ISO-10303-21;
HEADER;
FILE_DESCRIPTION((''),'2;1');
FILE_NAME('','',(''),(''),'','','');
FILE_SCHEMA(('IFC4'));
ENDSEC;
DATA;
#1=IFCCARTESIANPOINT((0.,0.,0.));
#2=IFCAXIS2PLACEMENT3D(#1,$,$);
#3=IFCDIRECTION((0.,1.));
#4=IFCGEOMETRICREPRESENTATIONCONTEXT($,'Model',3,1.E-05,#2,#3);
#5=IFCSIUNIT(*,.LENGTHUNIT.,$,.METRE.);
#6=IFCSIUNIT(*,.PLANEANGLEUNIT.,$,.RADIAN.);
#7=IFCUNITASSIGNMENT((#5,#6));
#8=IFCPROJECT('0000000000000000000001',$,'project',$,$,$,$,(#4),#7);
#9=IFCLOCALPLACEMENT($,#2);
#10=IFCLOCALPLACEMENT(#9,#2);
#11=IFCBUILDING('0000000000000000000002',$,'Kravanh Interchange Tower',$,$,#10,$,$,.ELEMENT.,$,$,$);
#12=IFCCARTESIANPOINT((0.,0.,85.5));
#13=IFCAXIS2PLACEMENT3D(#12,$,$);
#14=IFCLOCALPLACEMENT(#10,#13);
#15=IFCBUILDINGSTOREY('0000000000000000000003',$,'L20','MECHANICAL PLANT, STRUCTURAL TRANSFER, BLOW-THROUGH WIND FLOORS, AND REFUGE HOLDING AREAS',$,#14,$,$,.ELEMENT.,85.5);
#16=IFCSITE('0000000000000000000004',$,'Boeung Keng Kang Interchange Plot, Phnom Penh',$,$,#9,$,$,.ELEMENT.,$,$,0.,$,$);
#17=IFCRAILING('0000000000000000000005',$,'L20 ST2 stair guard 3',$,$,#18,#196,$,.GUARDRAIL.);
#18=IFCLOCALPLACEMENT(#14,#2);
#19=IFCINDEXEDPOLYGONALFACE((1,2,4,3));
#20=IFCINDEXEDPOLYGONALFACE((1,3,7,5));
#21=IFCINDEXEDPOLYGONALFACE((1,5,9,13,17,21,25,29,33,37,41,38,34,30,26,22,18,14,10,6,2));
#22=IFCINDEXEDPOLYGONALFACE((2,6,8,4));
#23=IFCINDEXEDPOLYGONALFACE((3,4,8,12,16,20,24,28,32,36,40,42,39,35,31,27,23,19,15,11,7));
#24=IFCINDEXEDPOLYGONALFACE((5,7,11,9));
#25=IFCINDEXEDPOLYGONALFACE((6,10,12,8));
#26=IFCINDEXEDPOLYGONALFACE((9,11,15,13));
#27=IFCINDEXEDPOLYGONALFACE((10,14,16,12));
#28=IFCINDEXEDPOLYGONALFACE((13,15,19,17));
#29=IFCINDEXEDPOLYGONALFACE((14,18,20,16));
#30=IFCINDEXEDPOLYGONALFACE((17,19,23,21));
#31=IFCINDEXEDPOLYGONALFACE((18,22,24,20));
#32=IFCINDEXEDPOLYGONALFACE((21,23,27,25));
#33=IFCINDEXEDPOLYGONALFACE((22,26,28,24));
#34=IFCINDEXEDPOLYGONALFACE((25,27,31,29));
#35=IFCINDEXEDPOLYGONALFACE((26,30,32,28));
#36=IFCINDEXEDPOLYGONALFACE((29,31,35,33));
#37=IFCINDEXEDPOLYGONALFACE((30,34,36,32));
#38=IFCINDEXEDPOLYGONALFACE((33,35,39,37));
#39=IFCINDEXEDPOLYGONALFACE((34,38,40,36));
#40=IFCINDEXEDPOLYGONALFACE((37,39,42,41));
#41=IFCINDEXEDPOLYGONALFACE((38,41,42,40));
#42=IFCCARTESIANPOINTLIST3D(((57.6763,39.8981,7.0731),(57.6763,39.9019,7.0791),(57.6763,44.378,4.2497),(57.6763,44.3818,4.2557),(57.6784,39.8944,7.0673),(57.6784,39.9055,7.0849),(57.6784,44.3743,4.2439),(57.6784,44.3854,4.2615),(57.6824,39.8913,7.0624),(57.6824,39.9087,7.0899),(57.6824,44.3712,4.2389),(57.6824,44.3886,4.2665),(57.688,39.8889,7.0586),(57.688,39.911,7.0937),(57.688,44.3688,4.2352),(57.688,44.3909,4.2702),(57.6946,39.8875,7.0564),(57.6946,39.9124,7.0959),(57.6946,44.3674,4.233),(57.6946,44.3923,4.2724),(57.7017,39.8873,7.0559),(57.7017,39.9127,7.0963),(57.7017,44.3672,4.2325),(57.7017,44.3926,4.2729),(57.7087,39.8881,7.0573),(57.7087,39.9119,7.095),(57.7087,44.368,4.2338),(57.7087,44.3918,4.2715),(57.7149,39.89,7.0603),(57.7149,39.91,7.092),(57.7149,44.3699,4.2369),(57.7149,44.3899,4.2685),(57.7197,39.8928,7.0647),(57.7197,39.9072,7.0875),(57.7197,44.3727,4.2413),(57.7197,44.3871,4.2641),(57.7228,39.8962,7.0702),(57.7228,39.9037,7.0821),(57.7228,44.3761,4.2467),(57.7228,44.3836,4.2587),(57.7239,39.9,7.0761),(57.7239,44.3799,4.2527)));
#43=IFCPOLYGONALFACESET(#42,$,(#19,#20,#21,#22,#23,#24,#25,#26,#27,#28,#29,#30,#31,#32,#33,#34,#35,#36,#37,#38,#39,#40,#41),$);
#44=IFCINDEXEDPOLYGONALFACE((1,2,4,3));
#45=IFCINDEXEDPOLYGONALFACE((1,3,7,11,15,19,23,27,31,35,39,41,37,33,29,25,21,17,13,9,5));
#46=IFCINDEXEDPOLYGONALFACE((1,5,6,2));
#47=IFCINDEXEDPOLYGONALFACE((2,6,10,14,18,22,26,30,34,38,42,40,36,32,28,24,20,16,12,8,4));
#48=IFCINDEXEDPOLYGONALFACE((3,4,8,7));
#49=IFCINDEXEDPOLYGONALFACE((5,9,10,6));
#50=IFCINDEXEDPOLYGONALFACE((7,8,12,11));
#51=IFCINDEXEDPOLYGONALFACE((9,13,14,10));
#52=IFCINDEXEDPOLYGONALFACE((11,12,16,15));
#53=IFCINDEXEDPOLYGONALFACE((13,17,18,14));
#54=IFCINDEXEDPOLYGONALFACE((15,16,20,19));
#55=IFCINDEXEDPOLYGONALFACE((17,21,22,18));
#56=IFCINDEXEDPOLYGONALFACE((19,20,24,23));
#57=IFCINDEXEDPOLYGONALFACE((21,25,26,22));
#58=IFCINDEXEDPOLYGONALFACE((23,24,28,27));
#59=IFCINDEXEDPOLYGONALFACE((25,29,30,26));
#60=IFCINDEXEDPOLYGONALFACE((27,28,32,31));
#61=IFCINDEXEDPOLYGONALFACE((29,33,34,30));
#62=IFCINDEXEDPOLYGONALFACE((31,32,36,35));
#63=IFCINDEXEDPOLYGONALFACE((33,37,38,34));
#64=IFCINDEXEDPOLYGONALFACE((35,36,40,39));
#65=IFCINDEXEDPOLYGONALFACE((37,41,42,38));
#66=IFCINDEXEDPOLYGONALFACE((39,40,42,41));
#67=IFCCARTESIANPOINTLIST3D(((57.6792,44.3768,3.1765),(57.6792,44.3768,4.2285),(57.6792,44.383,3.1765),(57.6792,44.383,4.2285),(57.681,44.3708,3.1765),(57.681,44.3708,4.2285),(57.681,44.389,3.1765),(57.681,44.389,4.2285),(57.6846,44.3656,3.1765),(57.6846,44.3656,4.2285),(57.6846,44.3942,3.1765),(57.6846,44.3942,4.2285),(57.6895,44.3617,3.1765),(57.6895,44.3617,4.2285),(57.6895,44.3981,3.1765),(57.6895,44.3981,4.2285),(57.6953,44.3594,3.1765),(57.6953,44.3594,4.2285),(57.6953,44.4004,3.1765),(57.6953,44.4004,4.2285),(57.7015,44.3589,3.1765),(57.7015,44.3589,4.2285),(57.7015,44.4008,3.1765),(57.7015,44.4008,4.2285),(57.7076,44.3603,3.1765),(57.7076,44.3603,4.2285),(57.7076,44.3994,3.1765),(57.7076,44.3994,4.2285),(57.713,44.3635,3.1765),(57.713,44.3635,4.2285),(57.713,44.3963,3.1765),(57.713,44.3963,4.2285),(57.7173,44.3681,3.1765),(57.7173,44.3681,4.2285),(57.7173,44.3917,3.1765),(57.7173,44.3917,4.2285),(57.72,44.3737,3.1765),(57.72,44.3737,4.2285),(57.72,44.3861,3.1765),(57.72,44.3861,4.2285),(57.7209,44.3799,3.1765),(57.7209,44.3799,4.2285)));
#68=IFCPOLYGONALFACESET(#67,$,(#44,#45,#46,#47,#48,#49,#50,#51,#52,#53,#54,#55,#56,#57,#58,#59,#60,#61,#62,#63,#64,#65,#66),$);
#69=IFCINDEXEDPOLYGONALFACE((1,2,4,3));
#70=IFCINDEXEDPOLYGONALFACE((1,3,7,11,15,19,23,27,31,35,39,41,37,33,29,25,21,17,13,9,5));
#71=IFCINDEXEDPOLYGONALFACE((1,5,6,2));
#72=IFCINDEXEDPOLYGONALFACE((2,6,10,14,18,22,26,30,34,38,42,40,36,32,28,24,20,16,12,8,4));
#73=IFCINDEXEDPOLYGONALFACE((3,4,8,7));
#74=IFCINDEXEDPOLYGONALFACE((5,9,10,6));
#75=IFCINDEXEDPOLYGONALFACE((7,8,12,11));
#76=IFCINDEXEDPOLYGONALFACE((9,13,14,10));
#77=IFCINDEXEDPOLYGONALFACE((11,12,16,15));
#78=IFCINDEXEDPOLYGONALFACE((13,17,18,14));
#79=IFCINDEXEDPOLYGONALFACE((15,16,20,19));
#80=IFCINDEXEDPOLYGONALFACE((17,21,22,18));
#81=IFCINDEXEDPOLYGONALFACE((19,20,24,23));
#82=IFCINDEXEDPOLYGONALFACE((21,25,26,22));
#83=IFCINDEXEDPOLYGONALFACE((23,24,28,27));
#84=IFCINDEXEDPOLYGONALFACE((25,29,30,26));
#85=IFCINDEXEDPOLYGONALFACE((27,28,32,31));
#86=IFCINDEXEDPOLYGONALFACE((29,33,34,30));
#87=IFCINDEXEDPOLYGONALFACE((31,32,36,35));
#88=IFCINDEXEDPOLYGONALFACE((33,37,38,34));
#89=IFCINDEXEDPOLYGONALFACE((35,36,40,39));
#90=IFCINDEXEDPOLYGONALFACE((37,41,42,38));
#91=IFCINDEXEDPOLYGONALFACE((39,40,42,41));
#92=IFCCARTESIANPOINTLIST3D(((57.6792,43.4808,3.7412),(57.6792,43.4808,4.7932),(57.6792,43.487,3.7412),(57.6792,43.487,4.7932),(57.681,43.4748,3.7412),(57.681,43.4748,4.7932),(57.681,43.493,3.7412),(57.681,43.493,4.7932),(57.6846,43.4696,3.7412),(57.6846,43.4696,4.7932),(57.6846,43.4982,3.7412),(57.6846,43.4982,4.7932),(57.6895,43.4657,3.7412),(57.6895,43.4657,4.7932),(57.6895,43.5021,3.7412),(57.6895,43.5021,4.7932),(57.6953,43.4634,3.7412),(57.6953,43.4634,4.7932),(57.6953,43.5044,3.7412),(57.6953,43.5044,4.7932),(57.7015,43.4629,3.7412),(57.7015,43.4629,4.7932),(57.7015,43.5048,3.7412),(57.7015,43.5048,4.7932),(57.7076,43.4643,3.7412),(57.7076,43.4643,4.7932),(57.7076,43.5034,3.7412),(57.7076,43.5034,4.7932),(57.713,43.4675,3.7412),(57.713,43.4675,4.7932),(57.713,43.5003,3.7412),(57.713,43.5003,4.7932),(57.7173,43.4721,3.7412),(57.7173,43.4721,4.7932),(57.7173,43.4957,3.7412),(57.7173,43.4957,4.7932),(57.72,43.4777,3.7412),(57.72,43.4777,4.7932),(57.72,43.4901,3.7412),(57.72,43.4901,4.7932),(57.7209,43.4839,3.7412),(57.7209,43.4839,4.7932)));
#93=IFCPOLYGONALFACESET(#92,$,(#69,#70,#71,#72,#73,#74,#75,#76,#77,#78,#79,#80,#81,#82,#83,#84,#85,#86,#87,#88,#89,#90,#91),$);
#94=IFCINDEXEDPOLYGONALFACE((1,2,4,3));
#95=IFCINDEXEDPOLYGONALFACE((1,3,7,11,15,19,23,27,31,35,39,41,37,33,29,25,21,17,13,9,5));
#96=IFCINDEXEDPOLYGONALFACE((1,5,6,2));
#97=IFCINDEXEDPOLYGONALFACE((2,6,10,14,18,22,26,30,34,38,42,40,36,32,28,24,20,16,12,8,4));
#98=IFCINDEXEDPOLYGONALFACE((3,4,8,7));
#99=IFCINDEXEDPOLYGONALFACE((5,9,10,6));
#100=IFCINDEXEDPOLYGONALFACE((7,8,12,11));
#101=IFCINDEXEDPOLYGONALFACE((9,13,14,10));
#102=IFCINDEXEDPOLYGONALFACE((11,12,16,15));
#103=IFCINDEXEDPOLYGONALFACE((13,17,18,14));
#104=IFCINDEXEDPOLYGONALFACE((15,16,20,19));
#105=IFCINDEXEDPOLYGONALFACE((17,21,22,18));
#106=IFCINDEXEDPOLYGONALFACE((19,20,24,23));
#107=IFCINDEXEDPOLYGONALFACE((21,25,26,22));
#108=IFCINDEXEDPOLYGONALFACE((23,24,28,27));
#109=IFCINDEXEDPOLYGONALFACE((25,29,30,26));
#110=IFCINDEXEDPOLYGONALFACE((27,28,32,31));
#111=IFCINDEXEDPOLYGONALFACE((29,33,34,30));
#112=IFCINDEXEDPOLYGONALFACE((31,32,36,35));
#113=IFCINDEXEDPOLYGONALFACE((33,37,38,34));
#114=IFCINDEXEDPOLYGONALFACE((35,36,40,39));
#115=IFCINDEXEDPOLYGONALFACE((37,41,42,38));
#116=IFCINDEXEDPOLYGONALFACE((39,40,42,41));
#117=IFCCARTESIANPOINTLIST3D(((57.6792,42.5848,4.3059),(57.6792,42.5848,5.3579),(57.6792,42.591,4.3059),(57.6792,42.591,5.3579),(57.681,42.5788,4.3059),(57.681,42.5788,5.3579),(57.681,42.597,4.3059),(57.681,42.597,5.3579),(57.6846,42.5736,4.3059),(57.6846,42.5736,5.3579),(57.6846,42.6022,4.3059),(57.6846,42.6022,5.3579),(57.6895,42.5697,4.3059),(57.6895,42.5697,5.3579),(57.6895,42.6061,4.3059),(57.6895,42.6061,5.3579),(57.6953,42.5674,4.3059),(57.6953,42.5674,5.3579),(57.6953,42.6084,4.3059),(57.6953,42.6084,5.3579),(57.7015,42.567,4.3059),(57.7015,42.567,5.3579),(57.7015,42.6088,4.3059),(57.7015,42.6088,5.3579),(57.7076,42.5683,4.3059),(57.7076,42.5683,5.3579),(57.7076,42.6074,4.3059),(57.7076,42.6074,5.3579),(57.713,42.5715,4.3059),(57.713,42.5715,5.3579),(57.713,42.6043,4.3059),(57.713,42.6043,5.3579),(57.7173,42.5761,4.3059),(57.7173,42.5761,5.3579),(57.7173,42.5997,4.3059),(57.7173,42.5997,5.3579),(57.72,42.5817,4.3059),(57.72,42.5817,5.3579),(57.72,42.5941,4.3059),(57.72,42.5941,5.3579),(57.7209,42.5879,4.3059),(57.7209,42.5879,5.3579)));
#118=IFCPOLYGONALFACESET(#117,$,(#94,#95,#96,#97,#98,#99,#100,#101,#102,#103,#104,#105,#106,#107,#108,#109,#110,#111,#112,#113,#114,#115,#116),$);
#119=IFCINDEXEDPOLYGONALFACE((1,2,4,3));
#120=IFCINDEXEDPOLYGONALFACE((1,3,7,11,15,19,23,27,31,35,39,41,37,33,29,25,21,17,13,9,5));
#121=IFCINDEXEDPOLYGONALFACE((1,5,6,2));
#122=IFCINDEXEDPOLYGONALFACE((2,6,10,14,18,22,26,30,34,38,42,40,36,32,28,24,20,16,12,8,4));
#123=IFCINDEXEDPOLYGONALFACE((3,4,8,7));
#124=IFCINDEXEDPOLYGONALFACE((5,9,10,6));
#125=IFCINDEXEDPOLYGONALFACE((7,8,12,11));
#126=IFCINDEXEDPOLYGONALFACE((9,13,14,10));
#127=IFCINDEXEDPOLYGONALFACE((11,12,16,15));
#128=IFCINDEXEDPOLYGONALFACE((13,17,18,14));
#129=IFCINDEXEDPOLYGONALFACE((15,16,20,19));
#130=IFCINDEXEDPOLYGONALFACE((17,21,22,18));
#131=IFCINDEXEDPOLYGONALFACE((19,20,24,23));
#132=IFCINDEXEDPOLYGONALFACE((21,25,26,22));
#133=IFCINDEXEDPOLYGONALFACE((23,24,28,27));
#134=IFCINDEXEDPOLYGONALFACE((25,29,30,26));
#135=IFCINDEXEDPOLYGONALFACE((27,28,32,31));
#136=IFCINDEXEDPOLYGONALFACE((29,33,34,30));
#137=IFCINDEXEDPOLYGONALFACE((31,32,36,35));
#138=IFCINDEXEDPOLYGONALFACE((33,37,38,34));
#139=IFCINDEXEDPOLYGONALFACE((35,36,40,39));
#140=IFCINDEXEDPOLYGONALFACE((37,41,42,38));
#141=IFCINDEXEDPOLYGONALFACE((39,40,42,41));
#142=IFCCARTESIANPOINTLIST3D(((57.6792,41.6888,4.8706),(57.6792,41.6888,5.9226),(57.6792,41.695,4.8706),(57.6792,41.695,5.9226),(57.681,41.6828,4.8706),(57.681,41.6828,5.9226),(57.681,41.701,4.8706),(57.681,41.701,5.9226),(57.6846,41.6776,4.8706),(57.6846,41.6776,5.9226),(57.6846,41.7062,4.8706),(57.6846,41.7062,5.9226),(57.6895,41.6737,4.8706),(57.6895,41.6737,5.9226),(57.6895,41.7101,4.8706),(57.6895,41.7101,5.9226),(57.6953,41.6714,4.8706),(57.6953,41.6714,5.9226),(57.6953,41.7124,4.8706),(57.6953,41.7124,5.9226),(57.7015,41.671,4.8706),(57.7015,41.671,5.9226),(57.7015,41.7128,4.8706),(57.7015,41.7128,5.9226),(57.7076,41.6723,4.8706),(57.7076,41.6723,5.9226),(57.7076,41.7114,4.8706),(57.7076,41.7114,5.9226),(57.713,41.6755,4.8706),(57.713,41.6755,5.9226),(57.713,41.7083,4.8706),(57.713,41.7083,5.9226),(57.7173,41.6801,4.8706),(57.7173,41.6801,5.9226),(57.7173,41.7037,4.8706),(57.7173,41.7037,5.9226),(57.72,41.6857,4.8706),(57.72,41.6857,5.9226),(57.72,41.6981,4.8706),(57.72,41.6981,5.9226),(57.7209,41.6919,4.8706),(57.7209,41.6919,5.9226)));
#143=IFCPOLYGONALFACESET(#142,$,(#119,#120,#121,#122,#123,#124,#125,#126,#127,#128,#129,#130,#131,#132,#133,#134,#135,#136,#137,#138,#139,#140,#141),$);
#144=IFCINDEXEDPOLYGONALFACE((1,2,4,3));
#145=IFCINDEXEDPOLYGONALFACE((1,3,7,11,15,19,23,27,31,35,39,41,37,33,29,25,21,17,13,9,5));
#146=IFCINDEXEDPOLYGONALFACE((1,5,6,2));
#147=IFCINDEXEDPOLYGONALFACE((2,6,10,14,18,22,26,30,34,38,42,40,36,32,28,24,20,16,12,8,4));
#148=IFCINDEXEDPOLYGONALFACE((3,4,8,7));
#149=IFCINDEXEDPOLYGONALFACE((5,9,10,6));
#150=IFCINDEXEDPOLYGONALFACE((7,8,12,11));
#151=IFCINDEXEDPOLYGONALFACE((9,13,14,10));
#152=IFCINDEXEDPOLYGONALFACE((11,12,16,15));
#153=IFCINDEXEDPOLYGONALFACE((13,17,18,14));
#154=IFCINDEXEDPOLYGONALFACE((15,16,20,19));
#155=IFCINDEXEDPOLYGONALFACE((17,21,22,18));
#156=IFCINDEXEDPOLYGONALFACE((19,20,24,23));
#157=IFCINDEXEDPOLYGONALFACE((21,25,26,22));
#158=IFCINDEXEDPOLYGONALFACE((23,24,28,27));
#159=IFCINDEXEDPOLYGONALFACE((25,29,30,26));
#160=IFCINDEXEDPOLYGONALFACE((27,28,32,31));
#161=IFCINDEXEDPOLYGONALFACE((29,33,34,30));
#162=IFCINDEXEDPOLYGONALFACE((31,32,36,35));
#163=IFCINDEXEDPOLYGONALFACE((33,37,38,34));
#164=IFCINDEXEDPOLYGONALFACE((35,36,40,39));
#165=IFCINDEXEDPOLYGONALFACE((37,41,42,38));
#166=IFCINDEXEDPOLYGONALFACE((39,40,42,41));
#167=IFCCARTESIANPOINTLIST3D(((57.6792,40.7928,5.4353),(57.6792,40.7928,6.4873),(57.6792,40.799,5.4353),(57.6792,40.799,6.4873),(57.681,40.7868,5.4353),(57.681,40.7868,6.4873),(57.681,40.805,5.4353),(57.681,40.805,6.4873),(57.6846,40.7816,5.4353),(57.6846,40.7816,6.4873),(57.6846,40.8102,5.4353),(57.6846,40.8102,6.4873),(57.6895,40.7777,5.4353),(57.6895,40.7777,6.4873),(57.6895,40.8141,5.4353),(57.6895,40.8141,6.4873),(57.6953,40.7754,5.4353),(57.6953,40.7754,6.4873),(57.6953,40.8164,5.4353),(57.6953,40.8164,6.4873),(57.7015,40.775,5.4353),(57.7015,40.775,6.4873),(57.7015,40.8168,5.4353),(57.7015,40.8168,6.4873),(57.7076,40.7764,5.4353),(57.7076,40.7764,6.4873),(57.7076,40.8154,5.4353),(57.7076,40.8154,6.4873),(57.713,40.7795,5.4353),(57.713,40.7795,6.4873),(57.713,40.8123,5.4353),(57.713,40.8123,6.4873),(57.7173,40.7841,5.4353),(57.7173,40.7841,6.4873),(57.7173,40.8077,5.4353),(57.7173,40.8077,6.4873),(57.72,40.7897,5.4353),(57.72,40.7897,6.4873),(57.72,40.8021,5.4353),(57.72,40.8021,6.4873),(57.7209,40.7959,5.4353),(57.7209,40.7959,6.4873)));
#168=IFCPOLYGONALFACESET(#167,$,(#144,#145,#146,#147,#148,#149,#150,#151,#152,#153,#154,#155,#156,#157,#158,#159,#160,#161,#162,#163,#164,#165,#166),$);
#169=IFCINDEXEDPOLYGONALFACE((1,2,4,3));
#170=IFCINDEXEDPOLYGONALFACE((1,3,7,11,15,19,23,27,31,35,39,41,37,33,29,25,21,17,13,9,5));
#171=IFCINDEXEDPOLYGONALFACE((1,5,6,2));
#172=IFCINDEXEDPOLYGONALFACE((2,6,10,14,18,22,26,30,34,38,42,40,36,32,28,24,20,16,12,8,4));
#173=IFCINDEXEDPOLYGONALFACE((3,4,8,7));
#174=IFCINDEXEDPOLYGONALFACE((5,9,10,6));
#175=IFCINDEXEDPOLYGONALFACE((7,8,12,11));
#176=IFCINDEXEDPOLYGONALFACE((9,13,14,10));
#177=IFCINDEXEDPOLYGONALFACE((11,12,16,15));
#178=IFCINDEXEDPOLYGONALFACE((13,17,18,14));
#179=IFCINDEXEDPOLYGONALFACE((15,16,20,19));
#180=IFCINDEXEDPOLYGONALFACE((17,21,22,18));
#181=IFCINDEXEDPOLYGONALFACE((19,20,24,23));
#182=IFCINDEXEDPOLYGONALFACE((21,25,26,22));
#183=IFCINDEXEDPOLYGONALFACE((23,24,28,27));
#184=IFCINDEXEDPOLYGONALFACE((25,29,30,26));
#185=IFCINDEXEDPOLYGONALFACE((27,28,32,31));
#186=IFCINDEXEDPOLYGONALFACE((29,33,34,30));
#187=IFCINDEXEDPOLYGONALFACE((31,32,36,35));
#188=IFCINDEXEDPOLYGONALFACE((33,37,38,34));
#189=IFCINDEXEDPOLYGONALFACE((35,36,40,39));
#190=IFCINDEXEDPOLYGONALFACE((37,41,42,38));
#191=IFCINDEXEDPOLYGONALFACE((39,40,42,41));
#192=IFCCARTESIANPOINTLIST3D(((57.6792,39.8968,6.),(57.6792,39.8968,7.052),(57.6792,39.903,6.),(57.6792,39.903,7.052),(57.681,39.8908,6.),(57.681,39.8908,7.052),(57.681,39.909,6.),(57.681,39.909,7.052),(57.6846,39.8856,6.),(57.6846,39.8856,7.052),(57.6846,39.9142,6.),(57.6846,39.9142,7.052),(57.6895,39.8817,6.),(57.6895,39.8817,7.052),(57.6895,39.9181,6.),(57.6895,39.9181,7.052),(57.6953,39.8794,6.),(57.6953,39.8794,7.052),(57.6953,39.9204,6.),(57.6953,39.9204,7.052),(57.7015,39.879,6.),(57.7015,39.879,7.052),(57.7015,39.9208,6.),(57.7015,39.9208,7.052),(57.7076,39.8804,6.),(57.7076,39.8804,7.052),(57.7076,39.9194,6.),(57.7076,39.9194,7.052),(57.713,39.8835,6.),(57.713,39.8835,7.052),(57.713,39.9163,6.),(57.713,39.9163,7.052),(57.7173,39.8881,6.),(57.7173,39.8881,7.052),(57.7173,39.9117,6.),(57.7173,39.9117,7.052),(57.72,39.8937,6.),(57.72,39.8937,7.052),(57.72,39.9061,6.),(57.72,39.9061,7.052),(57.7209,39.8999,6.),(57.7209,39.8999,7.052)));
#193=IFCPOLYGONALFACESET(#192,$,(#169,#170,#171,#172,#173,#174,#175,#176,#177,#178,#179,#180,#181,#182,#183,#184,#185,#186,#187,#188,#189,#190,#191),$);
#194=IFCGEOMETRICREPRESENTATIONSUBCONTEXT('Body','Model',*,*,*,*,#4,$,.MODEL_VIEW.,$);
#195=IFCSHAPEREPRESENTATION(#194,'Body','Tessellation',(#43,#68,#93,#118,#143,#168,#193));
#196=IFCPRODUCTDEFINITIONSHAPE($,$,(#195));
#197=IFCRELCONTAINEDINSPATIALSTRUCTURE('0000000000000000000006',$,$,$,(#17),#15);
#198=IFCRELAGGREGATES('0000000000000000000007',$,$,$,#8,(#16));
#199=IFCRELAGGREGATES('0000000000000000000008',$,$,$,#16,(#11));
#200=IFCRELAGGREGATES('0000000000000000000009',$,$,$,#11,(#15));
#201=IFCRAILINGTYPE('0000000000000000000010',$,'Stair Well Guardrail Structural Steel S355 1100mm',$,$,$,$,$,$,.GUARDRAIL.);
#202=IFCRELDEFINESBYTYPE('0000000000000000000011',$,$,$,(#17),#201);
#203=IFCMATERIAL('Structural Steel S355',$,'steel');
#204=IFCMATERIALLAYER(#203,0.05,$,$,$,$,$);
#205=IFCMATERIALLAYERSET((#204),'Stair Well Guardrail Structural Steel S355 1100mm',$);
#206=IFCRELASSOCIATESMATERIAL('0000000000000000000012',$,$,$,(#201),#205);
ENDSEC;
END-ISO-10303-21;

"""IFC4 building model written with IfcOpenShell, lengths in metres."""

from ifc_helpers import new_model, si_unit, direction, frame, origin, origin_2d, place, context, subcontext, project, spatial, circle, extrude, material, layer, layer_set, type_object, element, save


model = new_model("IFC4")

# Units and contexts
model_context = context("Model", 3, precision=1e-05, world=origin(), true_north=direction((0.0, 1.0)))
body_context = subcontext(model_context, "Body", "Model", "MODEL_VIEW")
ifc_project = project(units=[si_unit("LENGTHUNIT", "METRE"), si_unit("PLANEANGLEUNIT", "RADIAN")], contexts=[model_context])

# Site, building, storey
site_placement = place(None, origin())
site = spatial("IfcSite", under=ifc_project, at=site_placement, Name="Boeung Keng Kang Interchange Plot, Phnom Penh", CompositionType="ELEMENT", RefElevation=0.0)
building_placement = place(site_placement, origin())
building = spatial("IfcBuilding", under=site, at=building_placement, Name="Kravanh Interchange Tower", CompositionType="ELEMENT")
storey_placement = place(building_placement, frame((0.0, 0.0, 85.5)))
storey = spatial("IfcBuildingStorey", under=building, at=storey_placement, Name="L20", Description="MECHANICAL PLANT, STRUCTURAL TRANSFER, BLOW-THROUGH WIND FLOORS, AND REFUGE HOLDING AREAS", CompositionType="ELEMENT", Elevation=85.5)

# Railing
ifc_material_1 = material(Name="Structural Steel S355", Category="steel")
ifc_layer_1 = layer(ifc_material_1, 0.05)
ifc_layer_set_1 = layer_set([ifc_layer_1], Name="Stair Well Guardrail Structural Steel S355 1100mm")
railing_type_1 = type_object("IfcRailingType", Name="Stair Well Guardrail Structural Steel S355 1100mm", PredefinedType="GUARDRAIL", material=ifc_layer_set_1)
railing_1_placement = place(storey_placement, frame((57.7, 44.3799, 3.1765)))
element("IfcRailing", 1, at=railing_1_placement, inside=storey, type_object=railing_type_1, Name="L20 ST2 stair guard 3", PredefinedType="GUARDRAIL", context=body_context, shape_type="SweptSolid", body=[
    extrude(circle(Radius=0.0239, at=origin_2d()), frame((0.0, 0.0, 1.0762), z_axis=(0.0, -0.845998, 0.533186), x_axis=(1.0, 0.0, 0.0)), (0.0, 0.0, 1.0), 5.2954),
    extrude(circle(Radius=0.021, at=origin_2d()), origin(), (0.0, 0.0, 1.0), 1.052),
    extrude(circle(Radius=0.021, at=origin_2d()), frame((0.0, -0.896, 0.5647)), (0.0, 0.0, 1.0), 1.052),
    extrude(circle(Radius=0.021, at=origin_2d()), frame((0.0, -1.792, 1.1294)), (0.0, 0.0, 1.0), 1.052),
    extrude(circle(Radius=0.021, at=origin_2d()), frame((0.0, -2.688, 1.6941)), (0.0, 0.0, 1.0), 1.052),
    extrude(circle(Radius=0.021, at=origin_2d()), frame((0.0, -3.584, 2.2588)), (0.0, 0.0, 1.0), 1.052),
    extrude(circle(Radius=0.021, at=origin_2d()), frame((0.0, -4.48, 2.8235)), (0.0, 0.0, 1.0), 1.052),
])

save(model, "model.ifc")
